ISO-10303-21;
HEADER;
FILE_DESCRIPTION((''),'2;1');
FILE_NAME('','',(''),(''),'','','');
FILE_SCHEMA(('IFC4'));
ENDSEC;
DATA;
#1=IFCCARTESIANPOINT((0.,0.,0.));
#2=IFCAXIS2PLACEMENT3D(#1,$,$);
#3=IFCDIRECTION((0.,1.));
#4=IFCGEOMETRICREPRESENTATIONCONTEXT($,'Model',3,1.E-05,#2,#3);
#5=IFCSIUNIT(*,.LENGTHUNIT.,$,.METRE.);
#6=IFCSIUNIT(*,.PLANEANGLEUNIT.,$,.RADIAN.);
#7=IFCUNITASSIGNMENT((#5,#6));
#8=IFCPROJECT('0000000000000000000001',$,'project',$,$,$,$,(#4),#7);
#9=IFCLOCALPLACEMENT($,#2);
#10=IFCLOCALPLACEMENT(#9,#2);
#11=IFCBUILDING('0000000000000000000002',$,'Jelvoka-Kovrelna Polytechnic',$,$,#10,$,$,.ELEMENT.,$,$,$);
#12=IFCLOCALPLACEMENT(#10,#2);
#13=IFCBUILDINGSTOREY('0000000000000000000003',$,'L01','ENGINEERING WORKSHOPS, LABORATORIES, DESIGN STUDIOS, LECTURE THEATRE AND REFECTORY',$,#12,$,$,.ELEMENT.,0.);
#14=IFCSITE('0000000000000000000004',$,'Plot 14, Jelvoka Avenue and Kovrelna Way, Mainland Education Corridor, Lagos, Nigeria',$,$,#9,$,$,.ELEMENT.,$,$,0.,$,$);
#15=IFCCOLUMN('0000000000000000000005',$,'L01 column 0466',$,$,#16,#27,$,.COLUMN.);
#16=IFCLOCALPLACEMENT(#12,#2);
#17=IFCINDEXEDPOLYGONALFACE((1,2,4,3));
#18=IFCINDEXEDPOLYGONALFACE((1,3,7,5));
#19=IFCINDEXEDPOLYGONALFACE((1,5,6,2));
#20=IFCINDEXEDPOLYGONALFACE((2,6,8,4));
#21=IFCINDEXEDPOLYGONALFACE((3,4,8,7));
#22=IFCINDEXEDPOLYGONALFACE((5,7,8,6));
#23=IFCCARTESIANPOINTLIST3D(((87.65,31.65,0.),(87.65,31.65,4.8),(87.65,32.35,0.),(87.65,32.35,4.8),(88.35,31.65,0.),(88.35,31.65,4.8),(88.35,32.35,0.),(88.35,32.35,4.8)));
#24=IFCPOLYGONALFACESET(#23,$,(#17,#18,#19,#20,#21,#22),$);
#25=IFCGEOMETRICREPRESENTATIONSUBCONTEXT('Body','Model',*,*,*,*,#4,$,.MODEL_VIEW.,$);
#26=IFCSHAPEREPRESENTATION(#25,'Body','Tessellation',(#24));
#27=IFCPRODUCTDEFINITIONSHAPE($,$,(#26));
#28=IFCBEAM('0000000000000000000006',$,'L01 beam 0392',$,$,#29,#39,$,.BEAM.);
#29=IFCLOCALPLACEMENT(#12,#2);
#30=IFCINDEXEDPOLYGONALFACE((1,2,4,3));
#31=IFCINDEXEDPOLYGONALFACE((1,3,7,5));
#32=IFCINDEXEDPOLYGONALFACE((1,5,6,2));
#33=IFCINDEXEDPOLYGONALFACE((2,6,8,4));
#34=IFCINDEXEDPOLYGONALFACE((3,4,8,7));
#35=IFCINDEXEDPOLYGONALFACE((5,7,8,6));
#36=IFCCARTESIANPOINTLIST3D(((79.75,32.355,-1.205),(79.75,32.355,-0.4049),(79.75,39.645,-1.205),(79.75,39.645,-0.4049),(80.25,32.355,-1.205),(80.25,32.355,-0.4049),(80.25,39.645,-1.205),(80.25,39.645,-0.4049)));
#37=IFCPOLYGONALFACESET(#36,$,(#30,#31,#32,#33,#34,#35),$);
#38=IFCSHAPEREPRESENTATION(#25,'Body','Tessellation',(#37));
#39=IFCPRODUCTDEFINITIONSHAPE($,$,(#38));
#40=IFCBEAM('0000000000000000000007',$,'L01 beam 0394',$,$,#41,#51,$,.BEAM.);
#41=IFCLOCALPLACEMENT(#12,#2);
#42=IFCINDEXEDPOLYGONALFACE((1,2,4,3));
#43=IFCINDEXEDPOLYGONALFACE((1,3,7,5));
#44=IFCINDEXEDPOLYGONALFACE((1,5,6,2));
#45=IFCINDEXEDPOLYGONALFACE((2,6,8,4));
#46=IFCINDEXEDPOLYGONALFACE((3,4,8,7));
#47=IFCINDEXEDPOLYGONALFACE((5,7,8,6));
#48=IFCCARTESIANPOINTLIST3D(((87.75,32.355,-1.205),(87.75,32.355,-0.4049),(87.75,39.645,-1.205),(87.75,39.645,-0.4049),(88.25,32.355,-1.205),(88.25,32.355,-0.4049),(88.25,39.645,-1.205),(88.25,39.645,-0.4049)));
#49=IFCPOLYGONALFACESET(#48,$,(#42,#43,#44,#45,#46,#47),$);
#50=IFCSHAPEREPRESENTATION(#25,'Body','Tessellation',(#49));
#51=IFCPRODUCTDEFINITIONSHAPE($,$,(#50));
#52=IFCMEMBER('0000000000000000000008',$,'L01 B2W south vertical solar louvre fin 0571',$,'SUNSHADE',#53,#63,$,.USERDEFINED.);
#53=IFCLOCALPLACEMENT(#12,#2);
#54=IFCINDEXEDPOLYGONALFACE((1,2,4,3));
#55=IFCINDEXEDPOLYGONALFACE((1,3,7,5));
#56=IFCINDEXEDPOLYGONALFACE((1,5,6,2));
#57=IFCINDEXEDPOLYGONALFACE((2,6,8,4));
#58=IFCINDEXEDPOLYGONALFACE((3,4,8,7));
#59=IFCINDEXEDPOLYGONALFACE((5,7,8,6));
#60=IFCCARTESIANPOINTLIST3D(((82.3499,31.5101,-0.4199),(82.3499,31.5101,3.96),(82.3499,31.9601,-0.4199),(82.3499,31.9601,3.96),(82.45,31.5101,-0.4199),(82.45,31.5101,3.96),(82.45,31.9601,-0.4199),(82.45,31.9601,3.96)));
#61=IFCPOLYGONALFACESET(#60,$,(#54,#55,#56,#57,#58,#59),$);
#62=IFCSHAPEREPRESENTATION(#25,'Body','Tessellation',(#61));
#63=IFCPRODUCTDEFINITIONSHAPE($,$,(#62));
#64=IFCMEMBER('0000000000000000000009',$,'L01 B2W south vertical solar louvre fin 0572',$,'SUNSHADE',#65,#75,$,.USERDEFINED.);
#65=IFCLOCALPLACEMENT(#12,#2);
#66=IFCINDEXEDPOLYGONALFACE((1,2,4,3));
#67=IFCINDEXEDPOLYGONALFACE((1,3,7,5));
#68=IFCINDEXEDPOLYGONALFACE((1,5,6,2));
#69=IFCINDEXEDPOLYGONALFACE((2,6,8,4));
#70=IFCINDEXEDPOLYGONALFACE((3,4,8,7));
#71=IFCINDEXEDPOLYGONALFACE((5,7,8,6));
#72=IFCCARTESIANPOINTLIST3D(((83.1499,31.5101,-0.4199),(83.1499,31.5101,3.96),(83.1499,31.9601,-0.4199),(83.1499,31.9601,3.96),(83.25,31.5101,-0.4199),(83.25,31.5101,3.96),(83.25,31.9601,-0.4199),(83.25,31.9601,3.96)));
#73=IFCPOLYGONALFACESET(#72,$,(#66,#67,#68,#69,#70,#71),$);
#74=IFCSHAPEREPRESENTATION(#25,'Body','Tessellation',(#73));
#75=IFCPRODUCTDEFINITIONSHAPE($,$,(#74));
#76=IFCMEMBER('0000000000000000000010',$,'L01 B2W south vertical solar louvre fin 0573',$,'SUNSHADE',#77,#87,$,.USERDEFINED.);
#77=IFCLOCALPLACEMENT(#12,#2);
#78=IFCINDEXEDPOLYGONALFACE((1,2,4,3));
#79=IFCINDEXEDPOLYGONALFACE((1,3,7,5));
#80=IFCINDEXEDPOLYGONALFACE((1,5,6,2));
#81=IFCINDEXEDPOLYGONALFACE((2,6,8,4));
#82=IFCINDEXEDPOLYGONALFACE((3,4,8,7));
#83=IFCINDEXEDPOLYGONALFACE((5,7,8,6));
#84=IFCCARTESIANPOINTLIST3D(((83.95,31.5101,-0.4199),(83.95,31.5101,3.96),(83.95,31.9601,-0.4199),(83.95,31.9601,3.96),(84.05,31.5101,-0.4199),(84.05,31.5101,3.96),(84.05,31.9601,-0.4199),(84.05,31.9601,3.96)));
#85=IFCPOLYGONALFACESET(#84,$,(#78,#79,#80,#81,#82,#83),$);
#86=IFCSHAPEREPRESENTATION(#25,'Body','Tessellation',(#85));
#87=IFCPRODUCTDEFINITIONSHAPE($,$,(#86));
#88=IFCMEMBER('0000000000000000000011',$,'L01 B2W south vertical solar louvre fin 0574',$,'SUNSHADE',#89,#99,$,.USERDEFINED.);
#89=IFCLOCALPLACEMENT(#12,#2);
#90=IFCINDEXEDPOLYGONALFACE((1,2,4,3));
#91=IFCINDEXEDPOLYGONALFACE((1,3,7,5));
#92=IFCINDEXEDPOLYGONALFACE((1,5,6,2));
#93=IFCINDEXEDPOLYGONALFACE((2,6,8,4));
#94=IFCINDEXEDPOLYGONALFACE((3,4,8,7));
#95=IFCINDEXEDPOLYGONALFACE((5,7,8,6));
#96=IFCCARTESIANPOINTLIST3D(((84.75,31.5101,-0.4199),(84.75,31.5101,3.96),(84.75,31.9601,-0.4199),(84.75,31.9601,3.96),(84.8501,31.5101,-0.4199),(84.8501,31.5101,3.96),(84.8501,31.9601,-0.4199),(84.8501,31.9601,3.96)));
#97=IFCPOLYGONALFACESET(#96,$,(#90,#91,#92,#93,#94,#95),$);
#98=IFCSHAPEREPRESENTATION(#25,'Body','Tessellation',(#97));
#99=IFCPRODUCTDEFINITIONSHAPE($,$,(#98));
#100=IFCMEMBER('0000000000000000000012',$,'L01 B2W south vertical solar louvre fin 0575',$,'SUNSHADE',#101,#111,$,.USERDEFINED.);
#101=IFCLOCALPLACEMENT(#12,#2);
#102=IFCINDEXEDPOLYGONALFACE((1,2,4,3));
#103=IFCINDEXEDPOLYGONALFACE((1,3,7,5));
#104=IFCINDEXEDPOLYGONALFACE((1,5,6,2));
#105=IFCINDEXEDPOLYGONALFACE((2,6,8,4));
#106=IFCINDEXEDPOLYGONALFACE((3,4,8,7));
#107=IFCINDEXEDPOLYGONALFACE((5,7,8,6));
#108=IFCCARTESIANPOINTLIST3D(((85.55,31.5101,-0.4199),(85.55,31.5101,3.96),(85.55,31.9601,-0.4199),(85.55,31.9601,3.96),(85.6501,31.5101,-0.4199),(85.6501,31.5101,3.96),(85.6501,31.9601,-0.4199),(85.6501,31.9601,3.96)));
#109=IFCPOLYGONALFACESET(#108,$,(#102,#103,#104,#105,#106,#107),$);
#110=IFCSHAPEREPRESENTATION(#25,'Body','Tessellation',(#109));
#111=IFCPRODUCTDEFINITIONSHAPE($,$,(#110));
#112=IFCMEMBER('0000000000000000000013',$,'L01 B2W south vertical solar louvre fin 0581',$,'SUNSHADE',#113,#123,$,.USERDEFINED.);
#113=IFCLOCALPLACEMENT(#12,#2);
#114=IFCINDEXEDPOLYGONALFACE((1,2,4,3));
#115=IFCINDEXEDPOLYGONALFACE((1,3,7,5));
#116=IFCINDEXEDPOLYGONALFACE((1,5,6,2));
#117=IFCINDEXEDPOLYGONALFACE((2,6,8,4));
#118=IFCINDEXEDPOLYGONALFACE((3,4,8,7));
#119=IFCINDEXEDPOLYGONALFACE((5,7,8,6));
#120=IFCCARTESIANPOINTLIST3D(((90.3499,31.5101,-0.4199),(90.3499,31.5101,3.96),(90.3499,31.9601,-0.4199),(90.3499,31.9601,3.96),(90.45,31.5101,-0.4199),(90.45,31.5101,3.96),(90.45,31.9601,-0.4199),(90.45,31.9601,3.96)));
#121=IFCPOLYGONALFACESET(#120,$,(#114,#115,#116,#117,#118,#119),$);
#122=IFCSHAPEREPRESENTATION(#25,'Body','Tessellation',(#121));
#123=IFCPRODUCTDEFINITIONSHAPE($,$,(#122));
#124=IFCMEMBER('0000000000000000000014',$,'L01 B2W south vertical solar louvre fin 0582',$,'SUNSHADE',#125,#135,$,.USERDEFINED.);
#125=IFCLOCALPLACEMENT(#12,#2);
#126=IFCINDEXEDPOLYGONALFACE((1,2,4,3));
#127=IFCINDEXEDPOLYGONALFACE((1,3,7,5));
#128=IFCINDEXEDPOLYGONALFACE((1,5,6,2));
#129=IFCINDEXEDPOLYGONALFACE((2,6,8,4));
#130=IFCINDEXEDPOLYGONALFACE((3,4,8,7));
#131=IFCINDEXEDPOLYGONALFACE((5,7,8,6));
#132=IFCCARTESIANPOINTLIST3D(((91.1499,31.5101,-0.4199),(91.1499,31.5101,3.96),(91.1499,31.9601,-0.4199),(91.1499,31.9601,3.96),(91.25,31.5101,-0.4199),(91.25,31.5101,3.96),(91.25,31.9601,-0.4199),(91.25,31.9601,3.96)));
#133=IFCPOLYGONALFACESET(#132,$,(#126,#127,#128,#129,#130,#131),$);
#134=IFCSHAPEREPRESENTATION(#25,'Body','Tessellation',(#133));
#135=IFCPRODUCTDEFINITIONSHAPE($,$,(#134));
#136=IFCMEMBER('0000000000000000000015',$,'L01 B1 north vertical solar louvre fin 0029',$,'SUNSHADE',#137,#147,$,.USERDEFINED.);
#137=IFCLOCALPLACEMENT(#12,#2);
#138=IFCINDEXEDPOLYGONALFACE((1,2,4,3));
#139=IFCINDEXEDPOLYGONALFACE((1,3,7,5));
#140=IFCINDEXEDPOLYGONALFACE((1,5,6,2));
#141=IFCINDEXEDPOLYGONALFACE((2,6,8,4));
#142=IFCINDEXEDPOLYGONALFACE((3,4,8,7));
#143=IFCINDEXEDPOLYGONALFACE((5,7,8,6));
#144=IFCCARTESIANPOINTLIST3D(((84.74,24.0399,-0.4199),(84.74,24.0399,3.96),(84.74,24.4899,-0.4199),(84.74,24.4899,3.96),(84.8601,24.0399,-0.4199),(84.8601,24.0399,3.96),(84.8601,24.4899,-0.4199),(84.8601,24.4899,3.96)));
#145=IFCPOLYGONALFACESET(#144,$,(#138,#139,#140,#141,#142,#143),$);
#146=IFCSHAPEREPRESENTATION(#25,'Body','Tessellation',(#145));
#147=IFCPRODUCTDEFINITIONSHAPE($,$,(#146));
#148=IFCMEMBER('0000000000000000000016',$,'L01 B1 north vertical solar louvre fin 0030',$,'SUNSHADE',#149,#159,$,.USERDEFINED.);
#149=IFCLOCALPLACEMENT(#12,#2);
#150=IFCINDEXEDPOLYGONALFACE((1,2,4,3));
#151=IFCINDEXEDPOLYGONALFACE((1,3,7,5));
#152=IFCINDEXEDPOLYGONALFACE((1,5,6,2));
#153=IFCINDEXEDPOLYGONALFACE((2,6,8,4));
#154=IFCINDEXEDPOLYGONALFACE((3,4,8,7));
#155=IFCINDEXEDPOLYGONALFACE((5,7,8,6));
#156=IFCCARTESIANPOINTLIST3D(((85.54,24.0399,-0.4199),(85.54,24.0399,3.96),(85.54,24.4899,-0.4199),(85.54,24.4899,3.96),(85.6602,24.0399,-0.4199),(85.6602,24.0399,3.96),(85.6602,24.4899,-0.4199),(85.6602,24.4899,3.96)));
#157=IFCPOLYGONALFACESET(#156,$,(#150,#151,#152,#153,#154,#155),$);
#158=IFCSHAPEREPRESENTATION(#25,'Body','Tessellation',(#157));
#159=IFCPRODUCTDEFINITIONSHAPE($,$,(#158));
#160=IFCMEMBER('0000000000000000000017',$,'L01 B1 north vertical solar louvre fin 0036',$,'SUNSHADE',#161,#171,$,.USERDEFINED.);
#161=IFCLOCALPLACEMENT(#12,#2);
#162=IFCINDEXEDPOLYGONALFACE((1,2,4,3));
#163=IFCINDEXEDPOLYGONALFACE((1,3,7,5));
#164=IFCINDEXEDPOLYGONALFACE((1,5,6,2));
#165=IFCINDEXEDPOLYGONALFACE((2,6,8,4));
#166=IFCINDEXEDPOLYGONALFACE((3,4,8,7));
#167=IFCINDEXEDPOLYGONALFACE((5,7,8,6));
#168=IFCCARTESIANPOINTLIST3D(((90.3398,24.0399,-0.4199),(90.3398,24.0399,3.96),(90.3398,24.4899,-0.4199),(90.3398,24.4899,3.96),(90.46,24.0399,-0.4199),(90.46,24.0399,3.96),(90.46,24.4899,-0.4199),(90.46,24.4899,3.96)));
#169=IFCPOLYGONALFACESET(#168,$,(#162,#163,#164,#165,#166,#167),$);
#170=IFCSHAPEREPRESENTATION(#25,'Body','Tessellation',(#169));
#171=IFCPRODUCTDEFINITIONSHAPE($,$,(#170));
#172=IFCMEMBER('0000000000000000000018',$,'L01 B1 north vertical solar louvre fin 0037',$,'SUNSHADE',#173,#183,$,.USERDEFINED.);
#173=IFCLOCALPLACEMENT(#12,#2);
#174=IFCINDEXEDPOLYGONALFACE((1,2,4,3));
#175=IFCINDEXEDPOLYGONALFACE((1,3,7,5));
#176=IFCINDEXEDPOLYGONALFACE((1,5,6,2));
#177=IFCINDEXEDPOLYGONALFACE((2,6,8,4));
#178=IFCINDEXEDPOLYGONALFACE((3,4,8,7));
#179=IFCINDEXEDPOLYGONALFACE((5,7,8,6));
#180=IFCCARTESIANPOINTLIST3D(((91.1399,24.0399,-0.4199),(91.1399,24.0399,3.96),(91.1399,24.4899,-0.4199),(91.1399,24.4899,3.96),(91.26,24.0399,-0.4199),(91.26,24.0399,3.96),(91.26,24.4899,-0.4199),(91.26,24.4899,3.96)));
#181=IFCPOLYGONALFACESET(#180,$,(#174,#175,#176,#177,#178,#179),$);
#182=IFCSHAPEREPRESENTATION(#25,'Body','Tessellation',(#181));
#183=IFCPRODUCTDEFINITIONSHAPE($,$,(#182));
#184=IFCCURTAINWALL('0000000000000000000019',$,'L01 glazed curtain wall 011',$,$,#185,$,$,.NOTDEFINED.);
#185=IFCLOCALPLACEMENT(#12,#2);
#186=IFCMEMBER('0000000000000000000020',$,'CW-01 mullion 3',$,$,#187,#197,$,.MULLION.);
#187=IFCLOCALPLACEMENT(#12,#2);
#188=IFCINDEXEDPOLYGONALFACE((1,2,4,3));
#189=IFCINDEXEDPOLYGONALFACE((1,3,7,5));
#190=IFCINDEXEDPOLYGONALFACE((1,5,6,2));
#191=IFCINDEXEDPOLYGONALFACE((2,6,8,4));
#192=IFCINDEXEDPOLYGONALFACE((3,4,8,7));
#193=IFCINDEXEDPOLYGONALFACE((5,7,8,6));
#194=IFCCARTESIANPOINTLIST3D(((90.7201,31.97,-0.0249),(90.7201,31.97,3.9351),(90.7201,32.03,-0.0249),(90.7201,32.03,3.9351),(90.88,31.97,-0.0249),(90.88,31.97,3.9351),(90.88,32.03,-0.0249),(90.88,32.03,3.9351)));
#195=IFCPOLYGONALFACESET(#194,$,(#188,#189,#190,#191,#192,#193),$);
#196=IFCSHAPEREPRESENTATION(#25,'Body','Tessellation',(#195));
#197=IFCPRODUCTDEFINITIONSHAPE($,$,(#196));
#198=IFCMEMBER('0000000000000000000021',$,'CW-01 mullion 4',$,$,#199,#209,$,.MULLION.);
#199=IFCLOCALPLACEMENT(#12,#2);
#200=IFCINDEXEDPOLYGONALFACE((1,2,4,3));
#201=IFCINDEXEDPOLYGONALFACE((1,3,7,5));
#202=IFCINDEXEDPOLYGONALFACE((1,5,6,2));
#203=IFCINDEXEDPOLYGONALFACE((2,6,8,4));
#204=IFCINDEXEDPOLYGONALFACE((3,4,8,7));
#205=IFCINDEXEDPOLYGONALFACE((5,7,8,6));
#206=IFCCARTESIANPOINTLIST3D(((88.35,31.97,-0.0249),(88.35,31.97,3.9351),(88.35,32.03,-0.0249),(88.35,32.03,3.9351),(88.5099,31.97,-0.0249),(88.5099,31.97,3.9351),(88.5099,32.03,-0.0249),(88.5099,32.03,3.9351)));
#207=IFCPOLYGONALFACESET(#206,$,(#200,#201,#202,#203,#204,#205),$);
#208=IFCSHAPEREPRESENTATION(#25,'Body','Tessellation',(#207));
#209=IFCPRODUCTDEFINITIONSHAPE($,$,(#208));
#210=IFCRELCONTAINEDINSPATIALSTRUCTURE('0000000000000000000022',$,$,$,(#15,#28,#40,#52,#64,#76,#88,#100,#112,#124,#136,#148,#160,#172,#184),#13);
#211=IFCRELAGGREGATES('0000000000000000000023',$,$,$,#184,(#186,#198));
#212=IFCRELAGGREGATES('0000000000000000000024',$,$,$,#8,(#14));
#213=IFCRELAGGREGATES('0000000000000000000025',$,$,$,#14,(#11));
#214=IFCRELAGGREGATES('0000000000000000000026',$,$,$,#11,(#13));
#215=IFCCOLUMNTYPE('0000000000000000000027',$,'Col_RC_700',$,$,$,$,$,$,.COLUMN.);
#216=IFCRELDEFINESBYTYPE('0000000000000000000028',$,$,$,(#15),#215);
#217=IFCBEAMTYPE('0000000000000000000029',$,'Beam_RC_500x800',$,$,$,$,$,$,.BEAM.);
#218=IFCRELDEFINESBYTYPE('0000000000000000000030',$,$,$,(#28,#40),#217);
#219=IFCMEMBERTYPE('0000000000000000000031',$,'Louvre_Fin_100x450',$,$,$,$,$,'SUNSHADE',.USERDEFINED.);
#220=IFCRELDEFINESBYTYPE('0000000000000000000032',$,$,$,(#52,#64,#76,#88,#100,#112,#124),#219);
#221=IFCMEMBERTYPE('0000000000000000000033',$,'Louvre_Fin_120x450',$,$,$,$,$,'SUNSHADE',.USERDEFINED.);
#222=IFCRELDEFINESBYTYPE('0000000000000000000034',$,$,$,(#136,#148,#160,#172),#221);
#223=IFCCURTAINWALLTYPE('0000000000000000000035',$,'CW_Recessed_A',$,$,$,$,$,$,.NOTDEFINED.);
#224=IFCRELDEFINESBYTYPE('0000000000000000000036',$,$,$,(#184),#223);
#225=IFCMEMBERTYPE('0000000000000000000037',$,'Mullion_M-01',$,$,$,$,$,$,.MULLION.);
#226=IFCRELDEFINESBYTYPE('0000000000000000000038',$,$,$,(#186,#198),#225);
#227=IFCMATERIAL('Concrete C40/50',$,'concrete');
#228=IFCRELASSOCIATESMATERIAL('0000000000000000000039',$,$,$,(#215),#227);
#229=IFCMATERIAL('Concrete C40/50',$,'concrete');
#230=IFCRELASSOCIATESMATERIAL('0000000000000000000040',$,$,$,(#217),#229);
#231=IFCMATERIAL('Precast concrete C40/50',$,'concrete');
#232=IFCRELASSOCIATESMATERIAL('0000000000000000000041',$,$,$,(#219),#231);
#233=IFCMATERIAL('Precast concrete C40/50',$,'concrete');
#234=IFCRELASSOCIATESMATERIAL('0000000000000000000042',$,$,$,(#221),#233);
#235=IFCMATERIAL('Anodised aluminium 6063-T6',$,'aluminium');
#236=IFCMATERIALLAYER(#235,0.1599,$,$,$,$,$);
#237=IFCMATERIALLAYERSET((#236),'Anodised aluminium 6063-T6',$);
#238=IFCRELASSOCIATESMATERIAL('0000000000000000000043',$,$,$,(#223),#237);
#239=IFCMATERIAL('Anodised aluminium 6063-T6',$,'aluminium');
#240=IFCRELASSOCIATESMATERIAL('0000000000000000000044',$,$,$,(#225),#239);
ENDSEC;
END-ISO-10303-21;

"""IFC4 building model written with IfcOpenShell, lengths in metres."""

from ifc_helpers import new_model, si_unit, direction, frame, origin, origin_2d, place, context, subcontext, project, spatial, rectangle, extrude, material, layer, layer_set, material_profile, profile_set, type_object, element, aggregate, save


model = new_model("IFC4")

# Units and contexts
model_context = context("Model", 3, precision=1e-05, world=origin(), true_north=direction((0.0, 1.0)))
body_context = subcontext(model_context, "Body", "Model", "MODEL_VIEW")
ifc_project = project(units=[si_unit("LENGTHUNIT", "METRE"), si_unit("PLANEANGLEUNIT", "RADIAN")], contexts=[model_context])

# Site, building, storey
site_placement = place(None, origin())
site = spatial("IfcSite", under=ifc_project, at=site_placement, Name="Plot 14, Jelvoka Avenue and Kovrelna Way, Mainland Education Corridor, Lagos, Nigeria", CompositionType="ELEMENT", RefElevation=0.0)
building_placement = place(site_placement, origin())
building = spatial("IfcBuilding", under=site, at=building_placement, Name="Jelvoka-Kovrelna Polytechnic", CompositionType="ELEMENT")
storey_placement = place(building_placement, origin())
storey = spatial("IfcBuildingStorey", under=building, at=storey_placement, Name="L01", Description="ENGINEERING WORKSHOPS, LABORATORIES, DESIGN STUDIOS, LECTURE THEATRE AND REFECTORY", CompositionType="ELEMENT", Elevation=0.0)

# Column
ifc_material_1 = material(Name="Concrete C40/50", Category="concrete")
ifc_material_profile_1 = material_profile(ifc_material_1, rectangle(XDim=0.7, YDim=0.7, at=origin_2d()), Name="RC 700x700")
ifc_profile_set_1 = profile_set([ifc_material_profile_1], Name="Concrete C40/50")
column_type = type_object("IfcColumnType", Name="Col_RC_700", PredefinedType="COLUMN", material=ifc_profile_set_1)
column_placement = place(storey_placement, frame((88.0, 32.0, 0.0), z_axis=(0.0, 0.0, 1.0), x_axis=(1.0, 0.0, 0.0)))
element("IfcColumn", 1, at=column_placement, inside=storey, type_object=column_type, Name="L01 column 0466", PredefinedType="COLUMN", context=body_context, shape_type="SweptSolid", body=[
    extrude(rectangle(XDim=0.7, YDim=0.7, at=origin_2d()), origin(), (0.0, 0.0, 1.0), 4.8),
])

# Beams
ifc_material_2 = material(Name="Concrete C40/50", Category="concrete")
ifc_material_profile_2 = material_profile(ifc_material_2, rectangle(XDim=0.5, YDim=0.8, at=origin_2d()), Name="RC 500x800")
ifc_profile_set_2 = profile_set([ifc_material_profile_2], Name="Concrete C40/50")
beam_type_1 = type_object("IfcBeamType", Name="Beam_RC_500x800", PredefinedType="BEAM", material=ifc_profile_set_2)
for number, where, z_axis, x_axis, name in (
    (2, (80.0, 32.355, -0.8049), (0.0, 1.0, 0.0), (-1.0, 0.0, 0.0), "L01 beam 0392"),
    (3, (88.0, 32.355, -0.8049), (0.0, 1.0, 0.0), (-1.0, 0.0, 0.0), "L01 beam 0394"),
):
    element("IfcBeam", number, at=place(storey_placement, frame(where, z_axis=z_axis, x_axis=x_axis)), inside=storey, type_object=beam_type_1, Name=name, PredefinedType="BEAM", context=body_context, shape_type="SweptSolid", body=[
        extrude(rectangle(XDim=0.5, YDim=0.8, at=origin_2d()), origin(), (0.0, 0.0, 1.0), 7.29),
    ])

# Members
ifc_material_3 = material(Name="Precast concrete C40/50", Category="concrete")
ifc_material_profile_3 = material_profile(ifc_material_3, rectangle(XDim=0.1001, YDim=0.45, at=origin_2d()), Name="PC 100x450")
ifc_profile_set_3 = profile_set([ifc_material_profile_3], Name="Precast concrete C40/50")
member_type_1 = type_object("IfcMemberType", Name="Louvre_Fin_100x450", ElementType="SUNSHADE", PredefinedType="USERDEFINED", material=ifc_profile_set_3)
for number, where, z_axis, x_axis, name in (
    (4, (82.3999, 31.7351, -0.4199), (0.0, 0.0, 1.0), (1.0, 0.0, 0.0), "L01 B2W south vertical solar louvre fin 0571"),
    (5, (83.2, 31.7351, -0.4199), (0.0, 0.0, 1.0), (1.0, 0.0, 0.0), "L01 B2W south vertical solar louvre fin 0572"),
    (6, (84.0, 31.7351, -0.4199), (0.0, 0.0, 1.0), (1.0, 0.0, 0.0), "L01 B2W south vertical solar louvre fin 0573"),
    (7, (84.8, 31.7351, -0.4199), (0.0, 0.0, 1.0), (1.0, 0.0, 0.0), "L01 B2W south vertical solar louvre fin 0574"),
    (8, (85.6001, 31.7351, -0.4199), (0.0, 0.0, 1.0), (1.0, 0.0, 0.0), "L01 B2W south vertical solar louvre fin 0575"),
    (9, (90.3999, 31.7351, -0.4199), (0.0, 0.0, 1.0), (1.0, 0.0, 0.0), "L01 B2W south vertical solar louvre fin 0581"),
    (10, (91.2, 31.7351, -0.4199), (0.0, 0.0, 1.0), (1.0, 0.0, 0.0), "L01 B2W south vertical solar louvre fin 0582"),
):
    element("IfcMember", number, at=place(storey_placement, frame(where, z_axis=z_axis, x_axis=x_axis)), inside=storey, type_object=member_type_1, Name=name, ObjectType="SUNSHADE", PredefinedType="USERDEFINED", context=body_context, shape_type="SweptSolid", body=[
        extrude(rectangle(XDim=0.1001, YDim=0.45, at=origin_2d()), origin(), (0.0, 0.0, 1.0), 4.3799),
    ])
ifc_material_4 = material(Name="Precast concrete C40/50", Category="concrete")
ifc_material_profile_4 = material_profile(ifc_material_4, rectangle(XDim=0.1201, YDim=0.45, at=origin_2d()), Name="PC 120x450")
ifc_profile_set_4 = profile_set([ifc_material_profile_4], Name="Precast concrete C40/50")
member_type_2 = type_object("IfcMemberType", Name="Louvre_Fin_120x450", ElementType="SUNSHADE", PredefinedType="USERDEFINED", material=ifc_profile_set_4)
for number, where, z_axis, x_axis, name in (
    (11, (84.8, 24.2649, -0.4199), (0.0, 0.0, 1.0), (1.0, 0.0, 0.0), "L01 B1 north vertical solar louvre fin 0029"),
    (12, (85.6001, 24.2649, -0.4199), (0.0, 0.0, 1.0), (1.0, 0.0, 0.0), "L01 B1 north vertical solar louvre fin 0030"),
    (13, (90.3999, 24.2649, -0.4199), (0.0, 0.0, 1.0), (1.0, 0.0, 0.0), "L01 B1 north vertical solar louvre fin 0036"),
    (14, (91.2, 24.2649, -0.4199), (0.0, 0.0, 1.0), (1.0, 0.0, 0.0), "L01 B1 north vertical solar louvre fin 0037"),
):
    element("IfcMember", number, at=place(storey_placement, frame(where, z_axis=z_axis, x_axis=x_axis)), inside=storey, type_object=member_type_2, Name=name, ObjectType="SUNSHADE", PredefinedType="USERDEFINED", context=body_context, shape_type="SweptSolid", body=[
        extrude(rectangle(XDim=0.1201, YDim=0.45, at=origin_2d()), origin(), (0.0, 0.0, 1.0), 4.3799),
    ])

# Curtain wall, members
ifc_material_5 = material(Name="Anodised aluminium 6063-T6", Category="aluminium")
ifc_layer_1 = layer(ifc_material_5, 0.1599)
ifc_layer_set_1 = layer_set([ifc_layer_1], Name="Anodised aluminium 6063-T6")
curtain_wall_type = type_object("IfcCurtainWallType", Name="CW_Recessed_A", PredefinedType="NOTDEFINED", material=ifc_layer_set_1)
curtain_wall_placement = place(storey_placement, origin())
curtain_wall = element("IfcCurtainWall", 15, at=curtain_wall_placement, inside=storey, type_object=curtain_wall_type, Name="L01 glazed curtain wall 011", PredefinedType="NOTDEFINED")
ifc_material_6 = material(Name="Anodised aluminium 6063-T6", Category="aluminium")
ifc_material_profile_5 = material_profile(ifc_material_6, rectangle(XDim=0.0601, YDim=0.1599, at=origin_2d()), Name="ALU 60x160")
ifc_profile_set_5 = profile_set([ifc_material_profile_5], Name="Anodised aluminium 6063-T6")
member_type_3 = type_object("IfcMemberType", Name="Mullion_M-01", PredefinedType="MULLION", material=ifc_profile_set_5)
member_1_placement = place(storey_placement, frame((90.8, 32.0, -0.0249), z_axis=(0.0, 0.0, 1.0), x_axis=(0.0, -1.0, 0.0)))
member_1 = element("IfcMember", 16, at=member_1_placement, type_object=member_type_3, Name="CW-01 mullion 3", PredefinedType="MULLION", context=body_context, shape_type="SweptSolid", body=[
    extrude(rectangle(XDim=0.0601, YDim=0.1599, at=origin_2d()), origin(), (0.0, 0.0, 1.0), 3.96),
])
member_2_placement = place(storey_placement, frame((88.4299, 32.0, -0.0249), z_axis=(0.0, 0.0, 1.0), x_axis=(0.0, -1.0, 0.0)))
member_2 = element("IfcMember", 17, at=member_2_placement, type_object=member_type_3, Name="CW-01 mullion 4", PredefinedType="MULLION", context=body_context, shape_type="SweptSolid", body=[
    extrude(rectangle(XDim=0.0601, YDim=0.1599, at=origin_2d()), origin(), (0.0, 0.0, 1.0), 3.96),
])

aggregate(curtain_wall, [member_1, member_2])

save(model, "model.ifc")
